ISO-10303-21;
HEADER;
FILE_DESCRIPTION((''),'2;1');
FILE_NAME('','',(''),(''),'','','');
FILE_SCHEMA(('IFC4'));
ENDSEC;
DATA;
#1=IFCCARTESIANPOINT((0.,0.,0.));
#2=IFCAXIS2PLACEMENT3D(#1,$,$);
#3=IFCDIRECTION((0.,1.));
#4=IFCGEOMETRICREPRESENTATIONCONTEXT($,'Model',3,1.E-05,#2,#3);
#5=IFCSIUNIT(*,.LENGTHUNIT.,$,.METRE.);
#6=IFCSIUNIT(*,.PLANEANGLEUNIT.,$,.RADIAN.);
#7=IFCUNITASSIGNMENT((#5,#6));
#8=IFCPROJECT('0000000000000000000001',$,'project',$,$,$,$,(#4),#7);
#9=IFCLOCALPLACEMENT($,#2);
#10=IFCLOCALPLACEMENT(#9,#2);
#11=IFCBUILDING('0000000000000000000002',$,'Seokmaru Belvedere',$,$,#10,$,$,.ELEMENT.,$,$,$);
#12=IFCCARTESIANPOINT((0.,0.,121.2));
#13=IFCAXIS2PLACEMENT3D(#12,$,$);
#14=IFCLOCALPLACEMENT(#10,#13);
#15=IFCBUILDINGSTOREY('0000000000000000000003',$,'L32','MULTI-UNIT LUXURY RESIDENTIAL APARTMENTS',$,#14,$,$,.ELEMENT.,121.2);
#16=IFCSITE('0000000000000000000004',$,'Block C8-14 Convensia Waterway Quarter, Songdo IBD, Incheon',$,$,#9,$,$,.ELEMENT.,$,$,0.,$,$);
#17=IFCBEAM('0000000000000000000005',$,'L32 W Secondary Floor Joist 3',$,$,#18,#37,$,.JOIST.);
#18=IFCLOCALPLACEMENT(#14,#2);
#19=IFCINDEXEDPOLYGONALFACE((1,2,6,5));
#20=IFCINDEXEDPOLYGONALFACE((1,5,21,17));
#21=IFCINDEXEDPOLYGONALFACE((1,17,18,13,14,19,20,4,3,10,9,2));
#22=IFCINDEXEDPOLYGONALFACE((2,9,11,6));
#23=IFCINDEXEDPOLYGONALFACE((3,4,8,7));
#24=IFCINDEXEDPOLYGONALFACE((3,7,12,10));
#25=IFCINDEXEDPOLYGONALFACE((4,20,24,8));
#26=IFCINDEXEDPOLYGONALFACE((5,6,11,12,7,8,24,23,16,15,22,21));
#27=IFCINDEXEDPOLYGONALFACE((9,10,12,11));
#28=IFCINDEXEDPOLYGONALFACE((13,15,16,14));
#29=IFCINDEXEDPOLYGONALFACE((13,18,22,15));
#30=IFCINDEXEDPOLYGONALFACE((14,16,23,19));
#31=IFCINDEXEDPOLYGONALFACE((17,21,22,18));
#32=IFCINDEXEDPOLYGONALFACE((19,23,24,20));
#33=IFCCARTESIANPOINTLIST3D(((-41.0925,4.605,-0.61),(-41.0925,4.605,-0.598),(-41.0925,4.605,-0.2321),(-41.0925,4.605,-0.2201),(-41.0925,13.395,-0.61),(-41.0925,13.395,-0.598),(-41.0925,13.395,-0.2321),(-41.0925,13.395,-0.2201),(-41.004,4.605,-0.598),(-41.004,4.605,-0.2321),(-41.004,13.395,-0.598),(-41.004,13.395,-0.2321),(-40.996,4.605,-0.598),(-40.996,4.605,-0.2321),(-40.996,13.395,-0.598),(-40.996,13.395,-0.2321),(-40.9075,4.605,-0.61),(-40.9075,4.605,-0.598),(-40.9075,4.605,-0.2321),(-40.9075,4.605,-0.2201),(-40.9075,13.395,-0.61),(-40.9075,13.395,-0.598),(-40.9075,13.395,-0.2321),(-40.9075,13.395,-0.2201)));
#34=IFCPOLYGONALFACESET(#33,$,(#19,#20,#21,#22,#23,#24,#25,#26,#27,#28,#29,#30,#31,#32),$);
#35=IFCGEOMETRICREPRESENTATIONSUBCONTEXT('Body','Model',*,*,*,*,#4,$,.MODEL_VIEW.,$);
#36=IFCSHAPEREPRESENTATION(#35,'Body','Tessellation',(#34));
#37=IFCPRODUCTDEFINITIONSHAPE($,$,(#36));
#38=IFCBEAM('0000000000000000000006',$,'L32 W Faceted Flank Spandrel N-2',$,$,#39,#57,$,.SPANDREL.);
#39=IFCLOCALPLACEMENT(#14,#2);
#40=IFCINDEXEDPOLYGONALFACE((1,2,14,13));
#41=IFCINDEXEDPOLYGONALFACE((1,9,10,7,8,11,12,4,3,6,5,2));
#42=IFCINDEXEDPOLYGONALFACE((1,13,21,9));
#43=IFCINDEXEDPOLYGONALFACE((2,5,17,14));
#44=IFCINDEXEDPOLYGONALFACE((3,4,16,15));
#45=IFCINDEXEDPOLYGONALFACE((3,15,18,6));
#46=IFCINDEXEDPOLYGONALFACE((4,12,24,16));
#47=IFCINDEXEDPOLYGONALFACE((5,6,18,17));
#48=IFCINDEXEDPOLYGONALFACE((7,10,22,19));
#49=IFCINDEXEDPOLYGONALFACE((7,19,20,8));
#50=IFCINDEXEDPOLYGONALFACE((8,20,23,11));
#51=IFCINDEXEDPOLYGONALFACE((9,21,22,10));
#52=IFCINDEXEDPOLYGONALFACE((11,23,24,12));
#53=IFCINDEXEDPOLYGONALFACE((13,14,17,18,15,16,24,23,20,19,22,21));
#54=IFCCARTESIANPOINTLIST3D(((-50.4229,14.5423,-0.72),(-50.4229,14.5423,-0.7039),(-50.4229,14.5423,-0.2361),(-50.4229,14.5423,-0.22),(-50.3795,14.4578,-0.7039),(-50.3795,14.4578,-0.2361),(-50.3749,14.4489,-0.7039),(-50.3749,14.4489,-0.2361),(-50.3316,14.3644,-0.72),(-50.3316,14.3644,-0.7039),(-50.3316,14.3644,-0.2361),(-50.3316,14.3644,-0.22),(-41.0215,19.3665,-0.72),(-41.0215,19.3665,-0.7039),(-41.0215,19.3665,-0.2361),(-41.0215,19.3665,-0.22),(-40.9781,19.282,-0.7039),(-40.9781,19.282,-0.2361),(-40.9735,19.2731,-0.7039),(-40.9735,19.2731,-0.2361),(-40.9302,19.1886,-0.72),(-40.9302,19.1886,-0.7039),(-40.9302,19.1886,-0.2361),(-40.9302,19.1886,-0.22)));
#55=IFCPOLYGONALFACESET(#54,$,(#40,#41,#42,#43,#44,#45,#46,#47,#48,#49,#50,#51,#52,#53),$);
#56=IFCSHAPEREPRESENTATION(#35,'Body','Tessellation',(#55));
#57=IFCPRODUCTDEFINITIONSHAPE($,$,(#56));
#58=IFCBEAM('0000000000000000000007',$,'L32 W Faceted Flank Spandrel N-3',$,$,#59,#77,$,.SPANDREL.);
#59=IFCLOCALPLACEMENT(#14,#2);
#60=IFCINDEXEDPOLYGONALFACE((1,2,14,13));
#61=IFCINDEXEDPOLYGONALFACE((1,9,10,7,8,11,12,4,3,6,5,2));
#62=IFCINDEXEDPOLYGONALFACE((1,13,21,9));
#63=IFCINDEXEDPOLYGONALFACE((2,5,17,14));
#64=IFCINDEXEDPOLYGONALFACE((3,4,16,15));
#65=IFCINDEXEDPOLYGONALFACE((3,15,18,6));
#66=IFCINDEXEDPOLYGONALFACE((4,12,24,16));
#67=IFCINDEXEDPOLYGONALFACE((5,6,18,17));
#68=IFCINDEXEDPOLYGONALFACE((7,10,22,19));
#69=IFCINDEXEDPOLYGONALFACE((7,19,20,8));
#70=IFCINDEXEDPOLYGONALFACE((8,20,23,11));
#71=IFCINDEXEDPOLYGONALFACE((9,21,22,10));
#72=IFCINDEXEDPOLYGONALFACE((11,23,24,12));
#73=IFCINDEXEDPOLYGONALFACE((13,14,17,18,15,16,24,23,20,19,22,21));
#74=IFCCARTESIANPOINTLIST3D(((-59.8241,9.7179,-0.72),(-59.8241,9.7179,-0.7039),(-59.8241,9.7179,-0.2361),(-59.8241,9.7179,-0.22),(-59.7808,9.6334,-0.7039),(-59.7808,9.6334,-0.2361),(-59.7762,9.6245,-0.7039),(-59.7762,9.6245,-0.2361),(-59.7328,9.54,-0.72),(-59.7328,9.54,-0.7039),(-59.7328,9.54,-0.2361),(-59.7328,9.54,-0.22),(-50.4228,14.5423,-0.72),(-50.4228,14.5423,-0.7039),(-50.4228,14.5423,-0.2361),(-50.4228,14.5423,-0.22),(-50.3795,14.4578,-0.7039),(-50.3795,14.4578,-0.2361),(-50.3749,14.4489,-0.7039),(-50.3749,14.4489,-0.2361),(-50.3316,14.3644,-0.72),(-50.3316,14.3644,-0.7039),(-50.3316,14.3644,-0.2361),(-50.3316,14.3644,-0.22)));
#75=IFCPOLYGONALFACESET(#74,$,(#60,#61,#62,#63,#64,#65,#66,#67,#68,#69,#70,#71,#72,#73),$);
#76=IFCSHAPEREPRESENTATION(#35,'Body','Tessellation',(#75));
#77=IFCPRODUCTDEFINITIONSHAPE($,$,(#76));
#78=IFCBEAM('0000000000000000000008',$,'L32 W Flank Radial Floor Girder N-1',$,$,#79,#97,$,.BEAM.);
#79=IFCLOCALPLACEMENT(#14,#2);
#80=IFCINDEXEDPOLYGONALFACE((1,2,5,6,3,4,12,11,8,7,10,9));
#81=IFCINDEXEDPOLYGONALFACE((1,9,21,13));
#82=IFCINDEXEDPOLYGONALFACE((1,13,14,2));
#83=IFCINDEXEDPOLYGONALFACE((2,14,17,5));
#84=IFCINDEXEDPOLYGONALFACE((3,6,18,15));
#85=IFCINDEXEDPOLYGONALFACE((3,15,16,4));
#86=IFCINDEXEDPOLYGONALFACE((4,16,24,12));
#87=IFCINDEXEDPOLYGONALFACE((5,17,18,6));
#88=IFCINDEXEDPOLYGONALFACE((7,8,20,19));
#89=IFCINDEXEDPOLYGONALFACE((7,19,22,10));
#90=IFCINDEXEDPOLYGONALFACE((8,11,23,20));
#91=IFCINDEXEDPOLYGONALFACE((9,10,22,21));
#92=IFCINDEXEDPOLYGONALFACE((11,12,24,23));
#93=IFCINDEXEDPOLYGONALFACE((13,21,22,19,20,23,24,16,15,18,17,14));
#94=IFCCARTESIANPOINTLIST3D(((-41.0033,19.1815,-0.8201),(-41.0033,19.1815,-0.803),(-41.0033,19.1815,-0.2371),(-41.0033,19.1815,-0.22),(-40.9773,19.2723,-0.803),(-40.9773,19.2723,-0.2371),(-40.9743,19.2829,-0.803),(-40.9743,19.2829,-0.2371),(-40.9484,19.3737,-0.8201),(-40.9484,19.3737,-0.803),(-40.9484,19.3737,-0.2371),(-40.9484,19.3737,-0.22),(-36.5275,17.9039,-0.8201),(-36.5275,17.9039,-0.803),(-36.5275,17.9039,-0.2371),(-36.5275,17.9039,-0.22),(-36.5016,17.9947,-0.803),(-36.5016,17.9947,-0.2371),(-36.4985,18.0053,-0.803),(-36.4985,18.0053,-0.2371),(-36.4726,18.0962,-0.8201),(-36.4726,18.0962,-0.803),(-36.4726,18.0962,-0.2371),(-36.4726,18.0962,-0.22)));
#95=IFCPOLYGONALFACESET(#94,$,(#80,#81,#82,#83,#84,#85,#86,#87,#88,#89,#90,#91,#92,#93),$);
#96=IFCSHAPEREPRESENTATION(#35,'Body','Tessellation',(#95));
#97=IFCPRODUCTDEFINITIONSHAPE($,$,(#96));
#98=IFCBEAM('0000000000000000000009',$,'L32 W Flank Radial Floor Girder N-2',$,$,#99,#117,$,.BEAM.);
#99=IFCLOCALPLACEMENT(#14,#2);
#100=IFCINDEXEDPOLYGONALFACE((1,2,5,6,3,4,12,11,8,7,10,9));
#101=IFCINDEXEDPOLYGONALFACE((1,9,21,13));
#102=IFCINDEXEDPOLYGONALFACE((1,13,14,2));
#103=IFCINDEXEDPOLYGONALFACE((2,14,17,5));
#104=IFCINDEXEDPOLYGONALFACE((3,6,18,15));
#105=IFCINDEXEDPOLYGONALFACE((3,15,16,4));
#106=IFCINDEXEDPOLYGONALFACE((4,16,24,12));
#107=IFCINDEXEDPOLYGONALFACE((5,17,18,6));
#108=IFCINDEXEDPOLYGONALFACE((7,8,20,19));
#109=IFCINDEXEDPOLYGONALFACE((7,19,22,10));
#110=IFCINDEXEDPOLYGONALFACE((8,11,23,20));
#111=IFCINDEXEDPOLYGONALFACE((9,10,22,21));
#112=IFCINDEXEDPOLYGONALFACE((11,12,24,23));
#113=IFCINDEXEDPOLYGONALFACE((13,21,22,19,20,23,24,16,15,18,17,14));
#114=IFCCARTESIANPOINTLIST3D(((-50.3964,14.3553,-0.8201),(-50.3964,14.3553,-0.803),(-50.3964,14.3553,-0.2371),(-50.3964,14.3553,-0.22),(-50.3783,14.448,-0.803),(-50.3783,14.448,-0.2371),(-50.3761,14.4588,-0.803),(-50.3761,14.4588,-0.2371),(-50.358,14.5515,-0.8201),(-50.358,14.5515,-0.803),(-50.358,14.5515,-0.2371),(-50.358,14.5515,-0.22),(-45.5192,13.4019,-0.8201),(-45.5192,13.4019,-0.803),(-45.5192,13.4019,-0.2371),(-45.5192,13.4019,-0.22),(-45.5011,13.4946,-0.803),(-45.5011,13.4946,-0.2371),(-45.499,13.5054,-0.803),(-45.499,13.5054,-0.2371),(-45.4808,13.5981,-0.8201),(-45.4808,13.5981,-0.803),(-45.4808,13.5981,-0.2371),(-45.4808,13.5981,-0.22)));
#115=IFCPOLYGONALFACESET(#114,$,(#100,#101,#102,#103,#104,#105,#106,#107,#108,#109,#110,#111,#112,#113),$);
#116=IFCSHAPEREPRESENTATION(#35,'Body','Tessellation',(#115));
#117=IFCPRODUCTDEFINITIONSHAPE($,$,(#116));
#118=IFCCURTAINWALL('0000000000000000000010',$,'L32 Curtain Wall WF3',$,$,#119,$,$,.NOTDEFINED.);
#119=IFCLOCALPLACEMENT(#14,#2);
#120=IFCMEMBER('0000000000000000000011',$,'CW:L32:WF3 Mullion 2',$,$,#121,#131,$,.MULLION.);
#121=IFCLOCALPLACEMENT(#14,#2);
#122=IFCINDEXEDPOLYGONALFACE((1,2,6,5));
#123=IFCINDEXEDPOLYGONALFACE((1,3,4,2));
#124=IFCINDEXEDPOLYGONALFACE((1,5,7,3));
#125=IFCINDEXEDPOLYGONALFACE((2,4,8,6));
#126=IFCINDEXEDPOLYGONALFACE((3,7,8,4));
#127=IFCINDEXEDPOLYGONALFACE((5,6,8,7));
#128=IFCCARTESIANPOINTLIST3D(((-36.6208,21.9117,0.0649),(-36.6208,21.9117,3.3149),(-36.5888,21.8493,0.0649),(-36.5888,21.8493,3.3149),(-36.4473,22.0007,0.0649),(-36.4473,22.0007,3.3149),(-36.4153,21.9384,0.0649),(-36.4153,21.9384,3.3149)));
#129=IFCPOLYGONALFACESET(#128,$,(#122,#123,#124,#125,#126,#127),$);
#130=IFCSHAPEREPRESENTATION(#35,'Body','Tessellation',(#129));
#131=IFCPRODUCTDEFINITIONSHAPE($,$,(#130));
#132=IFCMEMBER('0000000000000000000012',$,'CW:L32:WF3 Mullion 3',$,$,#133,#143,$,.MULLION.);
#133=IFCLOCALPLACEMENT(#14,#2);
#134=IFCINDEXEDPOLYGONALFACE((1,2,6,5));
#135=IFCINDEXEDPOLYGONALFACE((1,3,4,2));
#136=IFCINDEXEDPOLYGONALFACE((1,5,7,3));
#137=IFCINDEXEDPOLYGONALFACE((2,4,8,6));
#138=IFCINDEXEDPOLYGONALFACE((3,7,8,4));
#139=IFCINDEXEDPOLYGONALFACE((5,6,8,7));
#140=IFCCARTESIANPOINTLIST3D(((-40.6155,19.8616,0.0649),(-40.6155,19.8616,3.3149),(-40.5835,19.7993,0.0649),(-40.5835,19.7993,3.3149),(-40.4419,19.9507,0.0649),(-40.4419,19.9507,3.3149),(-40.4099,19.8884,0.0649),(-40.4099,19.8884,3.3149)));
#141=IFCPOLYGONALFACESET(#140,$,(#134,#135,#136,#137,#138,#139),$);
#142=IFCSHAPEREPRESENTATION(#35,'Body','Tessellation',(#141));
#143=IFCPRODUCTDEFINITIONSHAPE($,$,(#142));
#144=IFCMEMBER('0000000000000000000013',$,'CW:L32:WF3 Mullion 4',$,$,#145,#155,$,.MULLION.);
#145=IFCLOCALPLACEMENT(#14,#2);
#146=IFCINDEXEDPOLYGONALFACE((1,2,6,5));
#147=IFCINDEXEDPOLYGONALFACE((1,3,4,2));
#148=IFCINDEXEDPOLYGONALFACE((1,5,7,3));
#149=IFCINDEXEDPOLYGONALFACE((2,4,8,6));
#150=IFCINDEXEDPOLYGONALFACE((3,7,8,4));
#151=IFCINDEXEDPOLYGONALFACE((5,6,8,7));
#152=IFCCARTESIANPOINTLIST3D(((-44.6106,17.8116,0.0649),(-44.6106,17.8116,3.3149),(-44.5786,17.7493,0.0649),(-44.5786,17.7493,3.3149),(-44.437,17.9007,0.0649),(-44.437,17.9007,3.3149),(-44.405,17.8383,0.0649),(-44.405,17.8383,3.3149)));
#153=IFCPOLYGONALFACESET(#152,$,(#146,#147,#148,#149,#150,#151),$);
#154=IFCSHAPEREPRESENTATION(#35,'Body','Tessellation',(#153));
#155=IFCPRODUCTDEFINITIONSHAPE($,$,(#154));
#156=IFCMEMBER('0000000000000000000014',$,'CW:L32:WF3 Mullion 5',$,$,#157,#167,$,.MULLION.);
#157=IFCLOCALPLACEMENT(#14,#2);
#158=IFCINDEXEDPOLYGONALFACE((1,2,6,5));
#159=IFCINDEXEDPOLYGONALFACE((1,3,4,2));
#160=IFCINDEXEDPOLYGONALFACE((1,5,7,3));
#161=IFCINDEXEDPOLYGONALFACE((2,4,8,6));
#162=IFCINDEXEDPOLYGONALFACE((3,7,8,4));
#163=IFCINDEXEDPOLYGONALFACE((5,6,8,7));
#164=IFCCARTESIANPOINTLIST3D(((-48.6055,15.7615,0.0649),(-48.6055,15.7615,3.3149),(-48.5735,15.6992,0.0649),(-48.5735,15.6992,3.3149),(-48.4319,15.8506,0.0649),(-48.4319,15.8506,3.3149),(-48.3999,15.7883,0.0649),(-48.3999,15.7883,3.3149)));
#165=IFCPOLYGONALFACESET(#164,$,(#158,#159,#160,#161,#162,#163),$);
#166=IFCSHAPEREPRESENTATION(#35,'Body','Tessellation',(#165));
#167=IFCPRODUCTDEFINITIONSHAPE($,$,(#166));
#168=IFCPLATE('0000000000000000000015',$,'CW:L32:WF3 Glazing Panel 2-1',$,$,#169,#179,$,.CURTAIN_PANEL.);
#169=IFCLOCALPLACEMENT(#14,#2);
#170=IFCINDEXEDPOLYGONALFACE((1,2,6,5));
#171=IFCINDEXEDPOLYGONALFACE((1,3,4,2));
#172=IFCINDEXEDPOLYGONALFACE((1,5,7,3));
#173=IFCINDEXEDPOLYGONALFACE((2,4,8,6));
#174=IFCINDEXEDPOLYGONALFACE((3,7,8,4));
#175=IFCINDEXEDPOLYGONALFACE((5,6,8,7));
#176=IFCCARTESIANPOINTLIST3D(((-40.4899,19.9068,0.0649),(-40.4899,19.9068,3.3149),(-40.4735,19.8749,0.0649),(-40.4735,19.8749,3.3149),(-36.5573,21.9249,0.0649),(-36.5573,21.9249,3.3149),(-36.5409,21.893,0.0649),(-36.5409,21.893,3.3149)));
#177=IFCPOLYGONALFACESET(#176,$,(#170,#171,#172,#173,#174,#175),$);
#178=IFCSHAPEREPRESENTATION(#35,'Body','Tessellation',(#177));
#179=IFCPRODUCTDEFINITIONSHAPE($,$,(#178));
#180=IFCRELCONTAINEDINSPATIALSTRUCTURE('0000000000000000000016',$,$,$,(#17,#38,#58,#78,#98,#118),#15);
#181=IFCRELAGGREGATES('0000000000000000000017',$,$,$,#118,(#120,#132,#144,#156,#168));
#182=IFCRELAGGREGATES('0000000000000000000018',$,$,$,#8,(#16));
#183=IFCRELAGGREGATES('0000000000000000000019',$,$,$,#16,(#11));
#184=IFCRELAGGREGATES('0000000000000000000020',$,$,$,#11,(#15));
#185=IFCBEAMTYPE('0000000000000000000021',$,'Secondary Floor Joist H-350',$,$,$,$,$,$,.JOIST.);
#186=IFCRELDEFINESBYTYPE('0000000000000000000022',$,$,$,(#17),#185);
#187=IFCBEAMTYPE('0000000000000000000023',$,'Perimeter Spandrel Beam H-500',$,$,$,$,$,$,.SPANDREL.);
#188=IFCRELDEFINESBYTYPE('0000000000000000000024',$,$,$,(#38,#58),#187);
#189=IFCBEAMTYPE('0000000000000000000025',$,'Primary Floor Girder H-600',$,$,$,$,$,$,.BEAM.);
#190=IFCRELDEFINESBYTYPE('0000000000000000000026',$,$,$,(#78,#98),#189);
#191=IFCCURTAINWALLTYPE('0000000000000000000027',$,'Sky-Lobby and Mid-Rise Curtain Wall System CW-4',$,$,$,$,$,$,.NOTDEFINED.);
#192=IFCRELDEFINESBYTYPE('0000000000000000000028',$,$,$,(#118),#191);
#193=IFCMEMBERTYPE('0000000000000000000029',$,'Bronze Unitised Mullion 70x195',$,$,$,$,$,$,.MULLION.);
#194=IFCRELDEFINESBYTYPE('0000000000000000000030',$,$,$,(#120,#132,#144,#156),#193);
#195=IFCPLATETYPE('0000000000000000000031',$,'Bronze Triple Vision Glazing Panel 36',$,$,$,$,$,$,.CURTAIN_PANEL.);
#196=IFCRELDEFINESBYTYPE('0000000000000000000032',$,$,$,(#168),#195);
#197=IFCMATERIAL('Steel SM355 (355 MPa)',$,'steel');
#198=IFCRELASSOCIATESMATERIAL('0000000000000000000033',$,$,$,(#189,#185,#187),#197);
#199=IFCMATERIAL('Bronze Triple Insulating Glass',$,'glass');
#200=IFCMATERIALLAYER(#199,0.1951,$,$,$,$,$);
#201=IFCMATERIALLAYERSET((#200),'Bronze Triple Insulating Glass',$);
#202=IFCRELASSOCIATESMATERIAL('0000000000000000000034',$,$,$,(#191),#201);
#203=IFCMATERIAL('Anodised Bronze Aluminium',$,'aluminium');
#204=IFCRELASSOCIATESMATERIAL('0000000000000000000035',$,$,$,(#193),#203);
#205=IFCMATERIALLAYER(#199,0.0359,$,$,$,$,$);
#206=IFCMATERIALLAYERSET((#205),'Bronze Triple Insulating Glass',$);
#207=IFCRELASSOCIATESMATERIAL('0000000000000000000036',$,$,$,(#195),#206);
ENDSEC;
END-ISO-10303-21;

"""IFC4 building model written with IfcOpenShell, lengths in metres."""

from ifc_helpers import new_model, si_unit, direction, frame, origin, origin_2d, place, context, subcontext, project, spatial, rectangle, i_section, extrude, source, transform, mapped, material, layer, layer_set, material_profile, profile_set, type_object, type_shapes, element, aggregate, save


model = new_model("IFC4")

# Units and contexts
model_context = context("Model", 3, precision=1e-05, world=origin(), true_north=direction((0.0, 1.0)))
body_context = subcontext(model_context, "Body", "Model", "MODEL_VIEW")
ifc_project = project(units=[si_unit("LENGTHUNIT", "METRE"), si_unit("PLANEANGLEUNIT", "RADIAN")], contexts=[model_context])

# Site, building, storey
site_placement = place(None, origin())
site = spatial("IfcSite", under=ifc_project, at=site_placement, Name="Block C8-14 Convensia Waterway Quarter, Songdo IBD, Incheon", CompositionType="ELEMENT", RefElevation=0.0)
building_placement = place(site_placement, origin())
building = spatial("IfcBuilding", under=site, at=building_placement, Name="Seokmaru Belvedere", CompositionType="ELEMENT")
storey_placement = place(building_placement, frame((0.0, 0.0, 121.2)))
storey = spatial("IfcBuildingStorey", under=building, at=storey_placement, Name="L32", Description="MULTI-UNIT LUXURY RESIDENTIAL APARTMENTS", CompositionType="ELEMENT", Elevation=121.2)

# Shared definitions
ifc_material_1 = material(Name="Steel SM355 (355 MPa)", Category="steel")

# Beams
ifc_material_profile_1 = material_profile(ifc_material_1, i_section(OverallWidth=0.2, OverallDepth=0.6001, WebThickness=0.011, FlangeThickness=0.0171, at=origin_2d()), Name="H-600x200x11x17")
ifc_profile_set_1 = profile_set([ifc_material_profile_1], Name="Steel SM355 (355 MPa)")
beam_type_1 = type_object("IfcBeamType", Name="Primary Floor Girder H-600", PredefinedType="BEAM", material=ifc_profile_set_1)
ifc_material_profile_2 = material_profile(ifc_material_1, i_section(OverallWidth=0.1851, OverallDepth=0.3899, WebThickness=0.0081, FlangeThickness=0.012, at=origin_2d()), Name="H-390x185x8x12")
ifc_profile_set_2 = profile_set([ifc_material_profile_2], Name="Steel SM355 (355 MPa)")
beam_type_2 = type_object("IfcBeamType", Name="Secondary Floor Joist H-350", PredefinedType="JOIST", material=ifc_profile_set_2)
shared_shape_1 = source(origin(), body_context, "Body", "SweptSolid", [
    extrude(i_section(OverallWidth=0.1851, OverallDepth=0.3899, WebThickness=0.0081, FlangeThickness=0.012, at=origin_2d()), origin(), (0.0, 0.0, 1.0), 8.79),
])
type_shapes(beam_type_2, [shared_shape_1])
for number, where, z_axis, x_axis, name in (
    (1, (-41.0, 4.605, -0.415), (0.0, 1.0, 0.0), (-1.0, 0.0, 0.0), "L32 W Secondary Floor Joist 3"),
):
    element("IfcBeam", number, at=place(storey_placement, frame(where, z_axis=z_axis, x_axis=x_axis)), inside=storey, type_object=beam_type_2, Name=name, PredefinedType="JOIST", context=body_context, shape_type="MappedRepresentation", body=[
        mapped(shared_shape_1, transform((0.0, 0.0, 0.0), scale=1.0)),
    ])
ifc_material_profile_3 = material_profile(ifc_material_1, i_section(OverallWidth=0.2, OverallDepth=0.5, WebThickness=0.01, FlangeThickness=0.0161, at=origin_2d()), Name="H-500x200x10x16")
ifc_profile_set_3 = profile_set([ifc_material_profile_3], Name="Steel SM355 (355 MPa)")
beam_type_3 = type_object("IfcBeamType", Name="Perimeter Spandrel Beam H-500", PredefinedType="SPANDREL", material=ifc_profile_set_3)
shared_shape_2 = source(origin(), body_context, "Body", "SweptSolid", [
    extrude(i_section(OverallWidth=0.2, OverallDepth=0.5, WebThickness=0.01, FlangeThickness=0.0161, at=origin_2d()), origin(), (0.0, 0.0, 1.0), 10.5669),
])
type_shapes(beam_type_3, [shared_shape_2])
for number, where, z_axis, x_axis, name in (
    (2, (-40.9758, 19.2776, -0.47), (-0.889702, -0.456542, 0.0), (0.456542, -0.889702, 0.0), "L32 W Faceted Flank Spandrel N-2"),
    (3, (-50.3772, 14.4534, -0.47), (-0.889693, -0.45656, 0.0), (0.45656, -0.889693, 0.0), "L32 W Faceted Flank Spandrel N-3"),
):
    element("IfcBeam", number, at=place(storey_placement, frame(where, z_axis=z_axis, x_axis=x_axis)), inside=storey, type_object=beam_type_3, Name=name, PredefinedType="SPANDREL", context=body_context, shape_type="MappedRepresentation", body=[
        mapped(shared_shape_2, transform((0.0, 0.0, 0.0), scale=1.0)),
    ])
shared_shape_3 = source(origin(), body_context, "Body", "SweptSolid", [
    extrude(i_section(OverallWidth=0.2, OverallDepth=0.6001, WebThickness=0.011, FlangeThickness=0.0171, at=origin_2d()), origin(), (0.0, 0.0, 1.0), 4.6545),
])
beam_1_placement = place(storey_placement, frame((-40.9758, 19.2776, -0.52), z_axis=(0.961593, -0.274479, 0.0), x_axis=(0.274479, 0.961593, 0.0)))
element("IfcBeam", 4, at=beam_1_placement, inside=storey, type_object=beam_type_1, Name="L32 W Flank Radial Floor Girder N-1", PredefinedType="BEAM", context=body_context, shape_type="MappedRepresentation", body=[
    mapped(shared_shape_3, transform((0.0, 0.0, 0.0), scale=1.0)),
])
shared_shape_4 = source(origin(), body_context, "Body", "SweptSolid", [
    extrude(i_section(OverallWidth=0.2, OverallDepth=0.6001, WebThickness=0.011, FlangeThickness=0.0171, at=origin_2d()), origin(), (0.0, 0.0, 1.0), 4.9695),
])
beam_2_placement = place(storey_placement, frame((-50.3772, 14.4534, -0.52), z_axis=(0.981425, -0.191844, 0.0), x_axis=(0.191844, 0.981425, 0.0)))
element("IfcBeam", 5, at=beam_2_placement, inside=storey, type_object=beam_type_1, Name="L32 W Flank Radial Floor Girder N-2", PredefinedType="BEAM", context=body_context, shape_type="MappedRepresentation", body=[
    mapped(shared_shape_4, transform((0.0, 0.0, 0.0), scale=1.0)),
])

# Curtain wall, members, plate
ifc_material_2 = material(Name="Bronze Triple Insulating Glass", Category="glass")
ifc_layer_1 = layer(ifc_material_2, 0.1951)
ifc_layer_set_1 = layer_set([ifc_layer_1], Name="Bronze Triple Insulating Glass")
curtain_wall_type = type_object("IfcCurtainWallType", Name="Sky-Lobby and Mid-Rise Curtain Wall System CW-4", PredefinedType="NOTDEFINED", material=ifc_layer_set_1)
curtain_wall_placement = place(storey_placement, origin())
curtain_wall = element("IfcCurtainWall", 6, at=curtain_wall_placement, inside=storey, type_object=curtain_wall_type, Name="L32 Curtain Wall WF3", PredefinedType="NOTDEFINED")
ifc_material_3 = material(Name="Anodised Bronze Aluminium", Category="aluminium")
ifc_material_profile_4 = material_profile(ifc_material_3, rectangle(XDim=0.0701, YDim=0.1951, at=origin_2d()), Name="CW-M-70x195")
ifc_profile_set_4 = profile_set([ifc_material_profile_4], Name="Anodised Bronze Aluminium")
member_type = type_object("IfcMemberType", Name="Bronze Unitised Mullion 70x195", PredefinedType="MULLION", material=ifc_profile_set_4)
shared_shape_5 = source(origin(), body_context, "Body", "SweptSolid", [
    extrude(rectangle(XDim=0.0701, YDim=0.1951, at=origin_2d()), origin(), (0.0, 0.0, 1.0), 3.25),
])
type_shapes(member_type, [shared_shape_5])
member_1_placement = place(storey_placement, frame((-36.5181, 21.925, 0.0649), z_axis=(0.0, 0.0, 1.0), x_axis=(0.456555, -0.889695, 0.0)))
member_1 = element("IfcMember", 7, at=member_1_placement, type_object=member_type, Name="CW:L32:WF3 Mullion 2", PredefinedType="MULLION", context=body_context, shape_type="MappedRepresentation", body=[
    mapped(shared_shape_5, transform((0.0, 0.0, 0.0), scale=1.0)),
])
member_2_placement = place(storey_placement, frame((-40.5127, 19.875, 0.0649), z_axis=(0.0, 0.0, 1.0), x_axis=(0.456555, -0.889695, 0.0)))
member_2 = element("IfcMember", 8, at=member_2_placement, type_object=member_type, Name="CW:L32:WF3 Mullion 3", PredefinedType="MULLION", context=body_context, shape_type="MappedRepresentation", body=[
    mapped(shared_shape_5, transform((0.0, 0.0, 0.0), scale=1.0)),
])
member_3_placement = place(storey_placement, frame((-44.5078, 17.825, 0.0649), z_axis=(0.0, 0.0, 1.0), x_axis=(0.456555, -0.889695, 0.0)))
member_3 = element("IfcMember", 9, at=member_3_placement, type_object=member_type, Name="CW:L32:WF3 Mullion 4", PredefinedType="MULLION", context=body_context, shape_type="MappedRepresentation", body=[
    mapped(shared_shape_5, transform((0.0, 0.0, 0.0), scale=1.0)),
])
member_4_placement = place(storey_placement, frame((-48.5027, 15.7749, 0.0649), z_axis=(0.0, 0.0, 1.0), x_axis=(0.456555, -0.889695, 0.0)))
member_4 = element("IfcMember", 10, at=member_4_placement, type_object=member_type, Name="CW:L32:WF3 Mullion 5", PredefinedType="MULLION", context=body_context, shape_type="MappedRepresentation", body=[
    mapped(shared_shape_5, transform((0.0, 0.0, 0.0), scale=1.0)),
])
ifc_layer_2 = layer(ifc_material_2, 0.0359)
ifc_layer_set_2 = layer_set([ifc_layer_2], Name="Bronze Triple Insulating Glass")
plate_type = type_object("IfcPlateType", Name="Bronze Triple Vision Glazing Panel 36", PredefinedType="CURTAIN_PANEL", material=ifc_layer_set_2)
shared_shape_6 = source(origin(), body_context, "Body", "SweptSolid", [
    extrude(rectangle(XDim=4.4202, YDim=0.0359, at=origin_2d()), origin(), (0.0, 0.0, 1.0), 3.25),
])
type_shapes(plate_type, [shared_shape_6])
plate_1_placement = place(storey_placement, frame((-38.5154, 20.8999, 0.0649), z_axis=(0.0, 0.0, 1.0), x_axis=(-0.889695, -0.456555, 0.0)))
plate_1 = element("IfcPlate", 11, at=plate_1_placement, type_object=plate_type, Name="CW:L32:WF3 Glazing Panel 2-1", PredefinedType="CURTAIN_PANEL", context=body_context, shape_type="MappedRepresentation", body=[
    mapped(shared_shape_6, transform((0.0, 0.0, 0.0), scale=1.0)),
])
aggregate(curtain_wall, [member_1, member_2, member_3, member_4, plate_1])

save(model, "model.ifc")
